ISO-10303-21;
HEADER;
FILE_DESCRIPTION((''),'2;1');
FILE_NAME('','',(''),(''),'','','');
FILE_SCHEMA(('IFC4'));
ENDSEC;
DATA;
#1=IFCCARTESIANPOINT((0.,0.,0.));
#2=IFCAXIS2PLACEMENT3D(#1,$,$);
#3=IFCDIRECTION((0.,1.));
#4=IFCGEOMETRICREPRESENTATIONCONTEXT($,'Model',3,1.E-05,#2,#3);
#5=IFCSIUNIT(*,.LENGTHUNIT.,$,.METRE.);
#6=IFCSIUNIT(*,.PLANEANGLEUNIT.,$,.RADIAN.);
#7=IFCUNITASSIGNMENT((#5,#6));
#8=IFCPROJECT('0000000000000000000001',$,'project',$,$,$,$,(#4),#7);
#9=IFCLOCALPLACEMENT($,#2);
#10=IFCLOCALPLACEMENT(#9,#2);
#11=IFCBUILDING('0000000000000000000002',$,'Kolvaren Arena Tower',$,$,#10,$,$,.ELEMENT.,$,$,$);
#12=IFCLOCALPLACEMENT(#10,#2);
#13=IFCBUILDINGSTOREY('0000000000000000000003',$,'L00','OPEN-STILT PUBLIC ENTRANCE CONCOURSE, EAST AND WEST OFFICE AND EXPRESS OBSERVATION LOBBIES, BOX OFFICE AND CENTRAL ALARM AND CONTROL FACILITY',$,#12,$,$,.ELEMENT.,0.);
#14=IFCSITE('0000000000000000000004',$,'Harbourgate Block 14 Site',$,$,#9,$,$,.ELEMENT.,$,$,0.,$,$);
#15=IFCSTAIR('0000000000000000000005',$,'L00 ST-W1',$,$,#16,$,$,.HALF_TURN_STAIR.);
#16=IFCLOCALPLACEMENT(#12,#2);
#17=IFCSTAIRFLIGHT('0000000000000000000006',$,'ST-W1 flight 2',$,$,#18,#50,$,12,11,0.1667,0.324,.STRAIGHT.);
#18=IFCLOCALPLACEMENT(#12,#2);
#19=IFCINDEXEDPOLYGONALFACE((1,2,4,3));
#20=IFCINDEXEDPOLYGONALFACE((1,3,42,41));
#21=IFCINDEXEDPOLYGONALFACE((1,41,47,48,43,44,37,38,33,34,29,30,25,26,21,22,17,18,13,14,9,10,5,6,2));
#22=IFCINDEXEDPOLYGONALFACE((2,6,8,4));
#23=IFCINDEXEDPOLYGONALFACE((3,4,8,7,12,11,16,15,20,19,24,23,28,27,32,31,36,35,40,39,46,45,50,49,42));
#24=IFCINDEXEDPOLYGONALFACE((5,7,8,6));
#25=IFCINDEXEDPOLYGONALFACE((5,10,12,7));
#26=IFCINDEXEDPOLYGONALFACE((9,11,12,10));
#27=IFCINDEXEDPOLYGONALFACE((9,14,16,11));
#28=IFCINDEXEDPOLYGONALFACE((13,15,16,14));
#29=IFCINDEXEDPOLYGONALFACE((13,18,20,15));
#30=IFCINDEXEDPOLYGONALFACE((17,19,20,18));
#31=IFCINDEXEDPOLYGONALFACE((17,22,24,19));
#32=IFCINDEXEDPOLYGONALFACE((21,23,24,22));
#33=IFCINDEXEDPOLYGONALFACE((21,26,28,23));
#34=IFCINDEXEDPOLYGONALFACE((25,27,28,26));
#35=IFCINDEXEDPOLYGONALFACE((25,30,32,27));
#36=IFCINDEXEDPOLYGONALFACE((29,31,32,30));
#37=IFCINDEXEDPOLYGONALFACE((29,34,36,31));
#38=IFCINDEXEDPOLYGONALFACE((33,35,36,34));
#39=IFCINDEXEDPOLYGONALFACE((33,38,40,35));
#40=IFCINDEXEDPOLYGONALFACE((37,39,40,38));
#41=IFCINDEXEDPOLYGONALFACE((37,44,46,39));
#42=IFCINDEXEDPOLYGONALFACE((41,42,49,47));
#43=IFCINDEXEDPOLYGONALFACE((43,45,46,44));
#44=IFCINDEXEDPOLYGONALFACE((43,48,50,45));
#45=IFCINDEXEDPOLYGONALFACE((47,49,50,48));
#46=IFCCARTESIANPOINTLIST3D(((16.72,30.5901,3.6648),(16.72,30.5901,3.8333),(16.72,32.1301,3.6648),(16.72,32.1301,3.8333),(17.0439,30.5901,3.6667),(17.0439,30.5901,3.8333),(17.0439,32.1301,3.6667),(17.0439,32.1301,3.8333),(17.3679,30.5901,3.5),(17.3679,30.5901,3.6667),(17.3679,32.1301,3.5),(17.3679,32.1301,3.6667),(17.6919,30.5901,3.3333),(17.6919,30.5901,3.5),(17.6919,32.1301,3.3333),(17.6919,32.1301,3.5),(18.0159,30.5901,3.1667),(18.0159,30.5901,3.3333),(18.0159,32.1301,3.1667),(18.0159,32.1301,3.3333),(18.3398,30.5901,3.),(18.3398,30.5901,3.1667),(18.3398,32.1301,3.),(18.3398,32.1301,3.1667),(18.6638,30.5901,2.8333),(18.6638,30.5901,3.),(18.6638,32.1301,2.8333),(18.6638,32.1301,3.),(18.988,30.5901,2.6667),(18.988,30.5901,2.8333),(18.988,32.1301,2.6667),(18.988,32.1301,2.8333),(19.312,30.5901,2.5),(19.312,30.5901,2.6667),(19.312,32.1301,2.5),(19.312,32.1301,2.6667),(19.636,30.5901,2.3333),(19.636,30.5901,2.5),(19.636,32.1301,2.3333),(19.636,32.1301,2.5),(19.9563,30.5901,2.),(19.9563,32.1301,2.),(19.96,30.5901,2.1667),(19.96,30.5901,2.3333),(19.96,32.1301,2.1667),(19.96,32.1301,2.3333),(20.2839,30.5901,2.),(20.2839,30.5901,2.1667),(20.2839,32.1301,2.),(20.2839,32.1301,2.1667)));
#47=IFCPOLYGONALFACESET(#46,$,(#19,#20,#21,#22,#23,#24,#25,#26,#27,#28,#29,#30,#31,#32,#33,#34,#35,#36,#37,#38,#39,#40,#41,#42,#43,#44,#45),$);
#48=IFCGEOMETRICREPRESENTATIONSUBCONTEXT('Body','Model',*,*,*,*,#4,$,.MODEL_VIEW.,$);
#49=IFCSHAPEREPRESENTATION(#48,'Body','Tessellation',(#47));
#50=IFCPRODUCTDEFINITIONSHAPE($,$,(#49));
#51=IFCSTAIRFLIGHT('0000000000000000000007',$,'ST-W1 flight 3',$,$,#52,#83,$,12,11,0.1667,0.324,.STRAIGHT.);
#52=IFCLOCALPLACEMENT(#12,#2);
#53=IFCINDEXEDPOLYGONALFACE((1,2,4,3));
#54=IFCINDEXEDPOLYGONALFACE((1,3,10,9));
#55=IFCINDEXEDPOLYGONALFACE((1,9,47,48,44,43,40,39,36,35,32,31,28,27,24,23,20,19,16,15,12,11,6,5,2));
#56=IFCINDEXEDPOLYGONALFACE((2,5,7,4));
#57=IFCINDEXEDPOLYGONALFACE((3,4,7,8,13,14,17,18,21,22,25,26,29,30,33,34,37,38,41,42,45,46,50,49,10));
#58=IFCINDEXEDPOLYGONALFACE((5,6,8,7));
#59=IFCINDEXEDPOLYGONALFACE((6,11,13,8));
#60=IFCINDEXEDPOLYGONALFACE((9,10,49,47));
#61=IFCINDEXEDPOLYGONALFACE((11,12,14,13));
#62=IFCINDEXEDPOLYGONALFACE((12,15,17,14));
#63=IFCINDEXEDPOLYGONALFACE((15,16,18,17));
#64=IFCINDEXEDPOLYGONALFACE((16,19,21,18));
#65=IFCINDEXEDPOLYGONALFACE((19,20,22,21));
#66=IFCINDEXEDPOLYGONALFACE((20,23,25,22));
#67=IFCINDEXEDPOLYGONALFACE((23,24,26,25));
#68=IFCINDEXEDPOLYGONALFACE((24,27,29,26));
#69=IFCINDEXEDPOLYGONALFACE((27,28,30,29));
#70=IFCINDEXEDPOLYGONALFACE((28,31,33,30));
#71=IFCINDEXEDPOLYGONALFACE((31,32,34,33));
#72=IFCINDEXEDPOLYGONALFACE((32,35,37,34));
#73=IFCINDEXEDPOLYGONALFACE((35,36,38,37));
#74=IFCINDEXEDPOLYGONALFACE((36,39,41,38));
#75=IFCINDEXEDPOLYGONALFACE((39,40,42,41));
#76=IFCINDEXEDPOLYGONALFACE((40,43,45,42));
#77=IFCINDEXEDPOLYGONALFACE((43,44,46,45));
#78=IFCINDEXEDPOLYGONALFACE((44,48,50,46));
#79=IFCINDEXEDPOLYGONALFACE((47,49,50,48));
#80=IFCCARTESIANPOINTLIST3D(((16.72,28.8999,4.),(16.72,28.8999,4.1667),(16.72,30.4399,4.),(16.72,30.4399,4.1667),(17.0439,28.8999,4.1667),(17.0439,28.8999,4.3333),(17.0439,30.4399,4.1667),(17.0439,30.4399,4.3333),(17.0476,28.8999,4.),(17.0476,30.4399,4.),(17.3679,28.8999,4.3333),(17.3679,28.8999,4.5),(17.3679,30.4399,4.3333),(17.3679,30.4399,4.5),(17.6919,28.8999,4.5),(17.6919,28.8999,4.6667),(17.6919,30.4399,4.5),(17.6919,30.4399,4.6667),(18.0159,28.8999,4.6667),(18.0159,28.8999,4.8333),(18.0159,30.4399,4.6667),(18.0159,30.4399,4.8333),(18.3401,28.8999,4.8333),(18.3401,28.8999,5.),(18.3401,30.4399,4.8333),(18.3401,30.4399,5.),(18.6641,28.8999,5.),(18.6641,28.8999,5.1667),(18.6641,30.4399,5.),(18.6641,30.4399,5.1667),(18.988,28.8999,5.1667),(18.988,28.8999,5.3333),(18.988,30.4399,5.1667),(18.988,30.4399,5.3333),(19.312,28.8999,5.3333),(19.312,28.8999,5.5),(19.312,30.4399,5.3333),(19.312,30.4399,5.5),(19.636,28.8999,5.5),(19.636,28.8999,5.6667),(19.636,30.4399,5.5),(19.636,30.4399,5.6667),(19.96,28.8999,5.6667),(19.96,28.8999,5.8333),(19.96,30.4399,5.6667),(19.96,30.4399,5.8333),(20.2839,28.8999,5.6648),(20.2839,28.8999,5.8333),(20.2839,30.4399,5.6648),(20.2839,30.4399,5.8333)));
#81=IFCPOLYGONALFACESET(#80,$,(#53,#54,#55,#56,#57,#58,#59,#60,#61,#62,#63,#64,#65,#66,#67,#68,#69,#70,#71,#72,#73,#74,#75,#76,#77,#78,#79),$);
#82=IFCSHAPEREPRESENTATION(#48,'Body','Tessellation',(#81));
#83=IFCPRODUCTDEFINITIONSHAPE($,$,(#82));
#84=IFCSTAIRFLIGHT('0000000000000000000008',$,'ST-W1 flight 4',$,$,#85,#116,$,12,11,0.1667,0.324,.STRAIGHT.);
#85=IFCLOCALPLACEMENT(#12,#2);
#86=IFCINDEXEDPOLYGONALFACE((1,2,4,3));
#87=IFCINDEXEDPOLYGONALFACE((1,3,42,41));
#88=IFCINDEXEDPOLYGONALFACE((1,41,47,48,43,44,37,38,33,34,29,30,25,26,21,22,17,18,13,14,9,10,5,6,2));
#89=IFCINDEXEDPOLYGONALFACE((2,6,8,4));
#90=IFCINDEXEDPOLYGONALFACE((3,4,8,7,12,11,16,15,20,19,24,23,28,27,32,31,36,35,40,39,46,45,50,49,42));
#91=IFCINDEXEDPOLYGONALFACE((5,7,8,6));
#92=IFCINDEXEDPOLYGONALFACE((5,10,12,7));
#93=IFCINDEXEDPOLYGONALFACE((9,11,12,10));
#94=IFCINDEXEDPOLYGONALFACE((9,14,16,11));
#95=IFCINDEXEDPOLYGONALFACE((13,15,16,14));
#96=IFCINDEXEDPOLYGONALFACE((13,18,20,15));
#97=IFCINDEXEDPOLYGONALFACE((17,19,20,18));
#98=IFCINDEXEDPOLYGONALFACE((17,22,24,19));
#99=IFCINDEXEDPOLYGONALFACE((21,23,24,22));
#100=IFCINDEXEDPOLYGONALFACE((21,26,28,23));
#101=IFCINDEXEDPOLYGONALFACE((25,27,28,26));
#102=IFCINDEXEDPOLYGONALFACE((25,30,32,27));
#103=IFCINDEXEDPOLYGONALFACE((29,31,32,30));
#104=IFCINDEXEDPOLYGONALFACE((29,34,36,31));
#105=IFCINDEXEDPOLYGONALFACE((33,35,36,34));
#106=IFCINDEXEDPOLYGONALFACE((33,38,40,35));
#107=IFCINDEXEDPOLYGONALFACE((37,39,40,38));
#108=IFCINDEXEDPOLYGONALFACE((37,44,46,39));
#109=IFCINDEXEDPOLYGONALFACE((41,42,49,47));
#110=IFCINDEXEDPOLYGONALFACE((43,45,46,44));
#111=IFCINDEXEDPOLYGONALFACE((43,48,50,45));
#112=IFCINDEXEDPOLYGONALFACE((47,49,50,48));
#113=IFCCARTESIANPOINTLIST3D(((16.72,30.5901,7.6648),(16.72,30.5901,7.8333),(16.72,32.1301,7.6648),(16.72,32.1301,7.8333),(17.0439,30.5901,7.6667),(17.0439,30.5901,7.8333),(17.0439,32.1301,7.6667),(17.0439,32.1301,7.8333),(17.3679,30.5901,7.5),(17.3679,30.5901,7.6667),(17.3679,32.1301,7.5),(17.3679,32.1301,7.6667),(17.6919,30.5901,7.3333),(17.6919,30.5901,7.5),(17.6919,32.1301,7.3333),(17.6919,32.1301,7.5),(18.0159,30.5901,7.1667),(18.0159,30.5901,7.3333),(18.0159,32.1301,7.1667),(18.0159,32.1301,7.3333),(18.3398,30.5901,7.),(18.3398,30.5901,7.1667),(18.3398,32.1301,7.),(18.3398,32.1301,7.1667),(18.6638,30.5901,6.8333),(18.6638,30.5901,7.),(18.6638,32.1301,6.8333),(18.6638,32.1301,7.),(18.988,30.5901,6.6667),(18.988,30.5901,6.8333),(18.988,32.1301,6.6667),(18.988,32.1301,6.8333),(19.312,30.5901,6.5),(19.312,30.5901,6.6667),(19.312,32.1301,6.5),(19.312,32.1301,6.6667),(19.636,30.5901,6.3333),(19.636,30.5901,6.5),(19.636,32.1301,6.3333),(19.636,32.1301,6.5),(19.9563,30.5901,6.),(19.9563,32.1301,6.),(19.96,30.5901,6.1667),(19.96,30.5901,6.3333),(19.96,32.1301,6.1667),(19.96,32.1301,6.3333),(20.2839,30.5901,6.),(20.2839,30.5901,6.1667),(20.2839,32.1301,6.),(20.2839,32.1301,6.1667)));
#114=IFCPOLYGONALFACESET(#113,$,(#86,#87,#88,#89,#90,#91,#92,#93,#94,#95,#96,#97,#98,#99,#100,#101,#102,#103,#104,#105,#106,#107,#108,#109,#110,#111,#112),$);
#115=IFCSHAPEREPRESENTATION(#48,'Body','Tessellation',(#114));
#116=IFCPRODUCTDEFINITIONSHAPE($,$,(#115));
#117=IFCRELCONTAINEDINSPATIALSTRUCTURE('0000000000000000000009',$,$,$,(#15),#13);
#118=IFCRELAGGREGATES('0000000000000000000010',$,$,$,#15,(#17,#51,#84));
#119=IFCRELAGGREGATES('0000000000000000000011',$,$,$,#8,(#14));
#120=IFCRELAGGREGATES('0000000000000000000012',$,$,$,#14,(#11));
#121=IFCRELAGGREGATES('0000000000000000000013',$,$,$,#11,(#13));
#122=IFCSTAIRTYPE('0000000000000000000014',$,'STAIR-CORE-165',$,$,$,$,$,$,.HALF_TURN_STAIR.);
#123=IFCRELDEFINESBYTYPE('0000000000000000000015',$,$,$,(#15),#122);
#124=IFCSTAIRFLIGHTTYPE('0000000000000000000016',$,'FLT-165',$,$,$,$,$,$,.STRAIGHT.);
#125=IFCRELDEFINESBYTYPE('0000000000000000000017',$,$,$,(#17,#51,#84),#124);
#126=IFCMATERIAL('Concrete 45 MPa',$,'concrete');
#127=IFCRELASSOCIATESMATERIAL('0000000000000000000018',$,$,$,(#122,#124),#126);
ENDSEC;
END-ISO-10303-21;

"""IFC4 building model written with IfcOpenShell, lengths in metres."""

from ifc_helpers import new_model, si_unit, direction, frame, origin, place, context, subcontext, project, spatial, polyline, outline, extrude, material, type_object, element, aggregate, save


model = new_model("IFC4")

# Units and contexts
model_context = context("Model", 3, precision=1e-05, world=origin(), true_north=direction((0.0, 1.0)))
body_context = subcontext(model_context, "Body", "Model", "MODEL_VIEW")
ifc_project = project(units=[si_unit("LENGTHUNIT", "METRE"), si_unit("PLANEANGLEUNIT", "RADIAN")], contexts=[model_context])

# Site, building, storey
site_placement = place(None, origin())
site = spatial("IfcSite", under=ifc_project, at=site_placement, Name="Harbourgate Block 14 Site", CompositionType="ELEMENT", RefElevation=0.0)
building_placement = place(site_placement, origin())
building = spatial("IfcBuilding", under=site, at=building_placement, Name="Kolvaren Arena Tower", CompositionType="ELEMENT")
storey_placement = place(building_placement, origin())
storey = spatial("IfcBuildingStorey", under=building, at=storey_placement, Name="L00", Description="OPEN-STILT PUBLIC ENTRANCE CONCOURSE, EAST AND WEST OFFICE AND EXPRESS OBSERVATION LOBBIES, BOX OFFICE AND CENTRAL ALARM AND CONTROL FACILITY", CompositionType="ELEMENT", Elevation=0.0)

# Shared definitions
ifc_material_1 = material(Name="Concrete 45 MPa", Category="concrete")

# Stair, stair flights
stair_type = type_object("IfcStairType", Name="STAIR-CORE-165", PredefinedType="HALF_TURN_STAIR", material=ifc_material_1)
stair_placement = place(storey_placement, origin())
stair = element("IfcStair", 1, at=stair_placement, inside=storey, type_object=stair_type, Name="L00 ST-W1", PredefinedType="HALF_TURN_STAIR")
stair_flight_type = type_object("IfcStairFlightType", Name="FLT-165", PredefinedType="STRAIGHT", material=ifc_material_1)
stair_flight_1_placement = place(storey_placement, frame((20.2839, 31.3601, 2.0), z_axis=(0.0, 0.0, 1.0), x_axis=(-1.0, 0.0, 0.0)))
stair_flight_1 = element("IfcStairFlight", 2, at=stair_flight_1_placement, type_object=stair_flight_type, Name="ST-W1 flight 2", NumberOfRisers=12, NumberOfTreads=11, PredefinedType="STRAIGHT", RiserHeight=0.1667, TreadLength=0.324, context=body_context, shape_type="SweptSolid", body=[
    extrude(outline(polyline([(0.0, 0.0), (0.0, 0.1667), (0.324, 0.1667), (0.324, 0.3333), (0.6479, 0.3333), (0.6479, 0.5), (0.9719, 0.5), (0.9719, 0.6667), (1.2959, 0.6667), (1.2959, 0.8333), (1.6201, 0.8333), (1.6201, 1.0), (1.9441, 1.0), (1.9441, 1.1667), (2.2681, 1.1667), (2.2681, 1.3333), (2.592, 1.3333), (2.592, 1.5), (2.916, 1.5), (2.916, 1.6667), (3.24, 1.6667), (3.24, 1.8333), (3.564, 1.8333), (3.564, 2.0), (3.564, 1.6648), (0.3276, 0.0), (0.0, 0.0)])), frame((0.0, 0.77, 0.0), z_axis=(0.0, -1.0, 0.0), x_axis=(1.0, 0.0, 0.0)), (0.0, 0.0, 1.0), 1.54),
])
stair_flight_2_placement = place(storey_placement, frame((16.72, 29.6699, 4.0), z_axis=(0.0, 0.0, 1.0), x_axis=(1.0, 0.0, 0.0)))
stair_flight_2 = element("IfcStairFlight", 3, at=stair_flight_2_placement, type_object=stair_flight_type, Name="ST-W1 flight 3", NumberOfRisers=12, NumberOfTreads=11, PredefinedType="STRAIGHT", RiserHeight=0.1667, TreadLength=0.324, context=body_context, shape_type="SweptSolid", body=[
    extrude(outline(polyline([(0.0, 0.0), (0.0, 0.1667), (0.324, 0.1667), (0.324, 0.3333), (0.6479, 0.3333), (0.6479, 0.5), (0.9719, 0.5), (0.9719, 0.6667), (1.2959, 0.6667), (1.2959, 0.8333), (1.6201, 0.8333), (1.6201, 1.0), (1.9441, 1.0), (1.9441, 1.1667), (2.2681, 1.1667), (2.2681, 1.3333), (2.592, 1.3333), (2.592, 1.5), (2.916, 1.5), (2.916, 1.6667), (3.24, 1.6667), (3.24, 1.8333), (3.564, 1.8333), (3.564, 2.0), (3.564, 1.6648), (0.3276, 0.0), (0.0, 0.0)])), frame((0.0, 0.77, 0.0), z_axis=(0.0, -1.0, 0.0), x_axis=(1.0, 0.0, 0.0)), (0.0, 0.0, 1.0), 1.54),
])
stair_flight_3_placement = place(storey_placement, frame((20.2839, 31.3601, 6.0), z_axis=(0.0, 0.0, 1.0), x_axis=(-1.0, 0.0, 0.0)))
stair_flight_3 = element("IfcStairFlight", 4, at=stair_flight_3_placement, type_object=stair_flight_type, Name="ST-W1 flight 4", NumberOfRisers=12, NumberOfTreads=11, PredefinedType="STRAIGHT", RiserHeight=0.1667, TreadLength=0.324, context=body_context, shape_type="SweptSolid", body=[
    extrude(outline(polyline([(0.0, 0.0), (0.0, 0.1667), (0.324, 0.1667), (0.324, 0.3333), (0.6479, 0.3333), (0.6479, 0.5), (0.9719, 0.5), (0.9719, 0.6667), (1.2959, 0.6667), (1.2959, 0.8333), (1.6201, 0.8333), (1.6201, 1.0), (1.9441, 1.0), (1.9441, 1.1667), (2.2681, 1.1667), (2.2681, 1.3333), (2.592, 1.3333), (2.592, 1.5), (2.916, 1.5), (2.916, 1.6667), (3.24, 1.6667), (3.24, 1.8333), (3.564, 1.8333), (3.564, 2.0), (3.564, 1.6648), (0.3276, 0.0), (0.0, 0.0)])), frame((0.0, 0.77, 0.0), z_axis=(0.0, -1.0, 0.0), x_axis=(1.0, 0.0, 0.0)), (0.0, 0.0, 1.0), 1.54),
])
aggregate(stair, [stair_flight_1, stair_flight_2, stair_flight_3])

save(model, "model.ifc")
